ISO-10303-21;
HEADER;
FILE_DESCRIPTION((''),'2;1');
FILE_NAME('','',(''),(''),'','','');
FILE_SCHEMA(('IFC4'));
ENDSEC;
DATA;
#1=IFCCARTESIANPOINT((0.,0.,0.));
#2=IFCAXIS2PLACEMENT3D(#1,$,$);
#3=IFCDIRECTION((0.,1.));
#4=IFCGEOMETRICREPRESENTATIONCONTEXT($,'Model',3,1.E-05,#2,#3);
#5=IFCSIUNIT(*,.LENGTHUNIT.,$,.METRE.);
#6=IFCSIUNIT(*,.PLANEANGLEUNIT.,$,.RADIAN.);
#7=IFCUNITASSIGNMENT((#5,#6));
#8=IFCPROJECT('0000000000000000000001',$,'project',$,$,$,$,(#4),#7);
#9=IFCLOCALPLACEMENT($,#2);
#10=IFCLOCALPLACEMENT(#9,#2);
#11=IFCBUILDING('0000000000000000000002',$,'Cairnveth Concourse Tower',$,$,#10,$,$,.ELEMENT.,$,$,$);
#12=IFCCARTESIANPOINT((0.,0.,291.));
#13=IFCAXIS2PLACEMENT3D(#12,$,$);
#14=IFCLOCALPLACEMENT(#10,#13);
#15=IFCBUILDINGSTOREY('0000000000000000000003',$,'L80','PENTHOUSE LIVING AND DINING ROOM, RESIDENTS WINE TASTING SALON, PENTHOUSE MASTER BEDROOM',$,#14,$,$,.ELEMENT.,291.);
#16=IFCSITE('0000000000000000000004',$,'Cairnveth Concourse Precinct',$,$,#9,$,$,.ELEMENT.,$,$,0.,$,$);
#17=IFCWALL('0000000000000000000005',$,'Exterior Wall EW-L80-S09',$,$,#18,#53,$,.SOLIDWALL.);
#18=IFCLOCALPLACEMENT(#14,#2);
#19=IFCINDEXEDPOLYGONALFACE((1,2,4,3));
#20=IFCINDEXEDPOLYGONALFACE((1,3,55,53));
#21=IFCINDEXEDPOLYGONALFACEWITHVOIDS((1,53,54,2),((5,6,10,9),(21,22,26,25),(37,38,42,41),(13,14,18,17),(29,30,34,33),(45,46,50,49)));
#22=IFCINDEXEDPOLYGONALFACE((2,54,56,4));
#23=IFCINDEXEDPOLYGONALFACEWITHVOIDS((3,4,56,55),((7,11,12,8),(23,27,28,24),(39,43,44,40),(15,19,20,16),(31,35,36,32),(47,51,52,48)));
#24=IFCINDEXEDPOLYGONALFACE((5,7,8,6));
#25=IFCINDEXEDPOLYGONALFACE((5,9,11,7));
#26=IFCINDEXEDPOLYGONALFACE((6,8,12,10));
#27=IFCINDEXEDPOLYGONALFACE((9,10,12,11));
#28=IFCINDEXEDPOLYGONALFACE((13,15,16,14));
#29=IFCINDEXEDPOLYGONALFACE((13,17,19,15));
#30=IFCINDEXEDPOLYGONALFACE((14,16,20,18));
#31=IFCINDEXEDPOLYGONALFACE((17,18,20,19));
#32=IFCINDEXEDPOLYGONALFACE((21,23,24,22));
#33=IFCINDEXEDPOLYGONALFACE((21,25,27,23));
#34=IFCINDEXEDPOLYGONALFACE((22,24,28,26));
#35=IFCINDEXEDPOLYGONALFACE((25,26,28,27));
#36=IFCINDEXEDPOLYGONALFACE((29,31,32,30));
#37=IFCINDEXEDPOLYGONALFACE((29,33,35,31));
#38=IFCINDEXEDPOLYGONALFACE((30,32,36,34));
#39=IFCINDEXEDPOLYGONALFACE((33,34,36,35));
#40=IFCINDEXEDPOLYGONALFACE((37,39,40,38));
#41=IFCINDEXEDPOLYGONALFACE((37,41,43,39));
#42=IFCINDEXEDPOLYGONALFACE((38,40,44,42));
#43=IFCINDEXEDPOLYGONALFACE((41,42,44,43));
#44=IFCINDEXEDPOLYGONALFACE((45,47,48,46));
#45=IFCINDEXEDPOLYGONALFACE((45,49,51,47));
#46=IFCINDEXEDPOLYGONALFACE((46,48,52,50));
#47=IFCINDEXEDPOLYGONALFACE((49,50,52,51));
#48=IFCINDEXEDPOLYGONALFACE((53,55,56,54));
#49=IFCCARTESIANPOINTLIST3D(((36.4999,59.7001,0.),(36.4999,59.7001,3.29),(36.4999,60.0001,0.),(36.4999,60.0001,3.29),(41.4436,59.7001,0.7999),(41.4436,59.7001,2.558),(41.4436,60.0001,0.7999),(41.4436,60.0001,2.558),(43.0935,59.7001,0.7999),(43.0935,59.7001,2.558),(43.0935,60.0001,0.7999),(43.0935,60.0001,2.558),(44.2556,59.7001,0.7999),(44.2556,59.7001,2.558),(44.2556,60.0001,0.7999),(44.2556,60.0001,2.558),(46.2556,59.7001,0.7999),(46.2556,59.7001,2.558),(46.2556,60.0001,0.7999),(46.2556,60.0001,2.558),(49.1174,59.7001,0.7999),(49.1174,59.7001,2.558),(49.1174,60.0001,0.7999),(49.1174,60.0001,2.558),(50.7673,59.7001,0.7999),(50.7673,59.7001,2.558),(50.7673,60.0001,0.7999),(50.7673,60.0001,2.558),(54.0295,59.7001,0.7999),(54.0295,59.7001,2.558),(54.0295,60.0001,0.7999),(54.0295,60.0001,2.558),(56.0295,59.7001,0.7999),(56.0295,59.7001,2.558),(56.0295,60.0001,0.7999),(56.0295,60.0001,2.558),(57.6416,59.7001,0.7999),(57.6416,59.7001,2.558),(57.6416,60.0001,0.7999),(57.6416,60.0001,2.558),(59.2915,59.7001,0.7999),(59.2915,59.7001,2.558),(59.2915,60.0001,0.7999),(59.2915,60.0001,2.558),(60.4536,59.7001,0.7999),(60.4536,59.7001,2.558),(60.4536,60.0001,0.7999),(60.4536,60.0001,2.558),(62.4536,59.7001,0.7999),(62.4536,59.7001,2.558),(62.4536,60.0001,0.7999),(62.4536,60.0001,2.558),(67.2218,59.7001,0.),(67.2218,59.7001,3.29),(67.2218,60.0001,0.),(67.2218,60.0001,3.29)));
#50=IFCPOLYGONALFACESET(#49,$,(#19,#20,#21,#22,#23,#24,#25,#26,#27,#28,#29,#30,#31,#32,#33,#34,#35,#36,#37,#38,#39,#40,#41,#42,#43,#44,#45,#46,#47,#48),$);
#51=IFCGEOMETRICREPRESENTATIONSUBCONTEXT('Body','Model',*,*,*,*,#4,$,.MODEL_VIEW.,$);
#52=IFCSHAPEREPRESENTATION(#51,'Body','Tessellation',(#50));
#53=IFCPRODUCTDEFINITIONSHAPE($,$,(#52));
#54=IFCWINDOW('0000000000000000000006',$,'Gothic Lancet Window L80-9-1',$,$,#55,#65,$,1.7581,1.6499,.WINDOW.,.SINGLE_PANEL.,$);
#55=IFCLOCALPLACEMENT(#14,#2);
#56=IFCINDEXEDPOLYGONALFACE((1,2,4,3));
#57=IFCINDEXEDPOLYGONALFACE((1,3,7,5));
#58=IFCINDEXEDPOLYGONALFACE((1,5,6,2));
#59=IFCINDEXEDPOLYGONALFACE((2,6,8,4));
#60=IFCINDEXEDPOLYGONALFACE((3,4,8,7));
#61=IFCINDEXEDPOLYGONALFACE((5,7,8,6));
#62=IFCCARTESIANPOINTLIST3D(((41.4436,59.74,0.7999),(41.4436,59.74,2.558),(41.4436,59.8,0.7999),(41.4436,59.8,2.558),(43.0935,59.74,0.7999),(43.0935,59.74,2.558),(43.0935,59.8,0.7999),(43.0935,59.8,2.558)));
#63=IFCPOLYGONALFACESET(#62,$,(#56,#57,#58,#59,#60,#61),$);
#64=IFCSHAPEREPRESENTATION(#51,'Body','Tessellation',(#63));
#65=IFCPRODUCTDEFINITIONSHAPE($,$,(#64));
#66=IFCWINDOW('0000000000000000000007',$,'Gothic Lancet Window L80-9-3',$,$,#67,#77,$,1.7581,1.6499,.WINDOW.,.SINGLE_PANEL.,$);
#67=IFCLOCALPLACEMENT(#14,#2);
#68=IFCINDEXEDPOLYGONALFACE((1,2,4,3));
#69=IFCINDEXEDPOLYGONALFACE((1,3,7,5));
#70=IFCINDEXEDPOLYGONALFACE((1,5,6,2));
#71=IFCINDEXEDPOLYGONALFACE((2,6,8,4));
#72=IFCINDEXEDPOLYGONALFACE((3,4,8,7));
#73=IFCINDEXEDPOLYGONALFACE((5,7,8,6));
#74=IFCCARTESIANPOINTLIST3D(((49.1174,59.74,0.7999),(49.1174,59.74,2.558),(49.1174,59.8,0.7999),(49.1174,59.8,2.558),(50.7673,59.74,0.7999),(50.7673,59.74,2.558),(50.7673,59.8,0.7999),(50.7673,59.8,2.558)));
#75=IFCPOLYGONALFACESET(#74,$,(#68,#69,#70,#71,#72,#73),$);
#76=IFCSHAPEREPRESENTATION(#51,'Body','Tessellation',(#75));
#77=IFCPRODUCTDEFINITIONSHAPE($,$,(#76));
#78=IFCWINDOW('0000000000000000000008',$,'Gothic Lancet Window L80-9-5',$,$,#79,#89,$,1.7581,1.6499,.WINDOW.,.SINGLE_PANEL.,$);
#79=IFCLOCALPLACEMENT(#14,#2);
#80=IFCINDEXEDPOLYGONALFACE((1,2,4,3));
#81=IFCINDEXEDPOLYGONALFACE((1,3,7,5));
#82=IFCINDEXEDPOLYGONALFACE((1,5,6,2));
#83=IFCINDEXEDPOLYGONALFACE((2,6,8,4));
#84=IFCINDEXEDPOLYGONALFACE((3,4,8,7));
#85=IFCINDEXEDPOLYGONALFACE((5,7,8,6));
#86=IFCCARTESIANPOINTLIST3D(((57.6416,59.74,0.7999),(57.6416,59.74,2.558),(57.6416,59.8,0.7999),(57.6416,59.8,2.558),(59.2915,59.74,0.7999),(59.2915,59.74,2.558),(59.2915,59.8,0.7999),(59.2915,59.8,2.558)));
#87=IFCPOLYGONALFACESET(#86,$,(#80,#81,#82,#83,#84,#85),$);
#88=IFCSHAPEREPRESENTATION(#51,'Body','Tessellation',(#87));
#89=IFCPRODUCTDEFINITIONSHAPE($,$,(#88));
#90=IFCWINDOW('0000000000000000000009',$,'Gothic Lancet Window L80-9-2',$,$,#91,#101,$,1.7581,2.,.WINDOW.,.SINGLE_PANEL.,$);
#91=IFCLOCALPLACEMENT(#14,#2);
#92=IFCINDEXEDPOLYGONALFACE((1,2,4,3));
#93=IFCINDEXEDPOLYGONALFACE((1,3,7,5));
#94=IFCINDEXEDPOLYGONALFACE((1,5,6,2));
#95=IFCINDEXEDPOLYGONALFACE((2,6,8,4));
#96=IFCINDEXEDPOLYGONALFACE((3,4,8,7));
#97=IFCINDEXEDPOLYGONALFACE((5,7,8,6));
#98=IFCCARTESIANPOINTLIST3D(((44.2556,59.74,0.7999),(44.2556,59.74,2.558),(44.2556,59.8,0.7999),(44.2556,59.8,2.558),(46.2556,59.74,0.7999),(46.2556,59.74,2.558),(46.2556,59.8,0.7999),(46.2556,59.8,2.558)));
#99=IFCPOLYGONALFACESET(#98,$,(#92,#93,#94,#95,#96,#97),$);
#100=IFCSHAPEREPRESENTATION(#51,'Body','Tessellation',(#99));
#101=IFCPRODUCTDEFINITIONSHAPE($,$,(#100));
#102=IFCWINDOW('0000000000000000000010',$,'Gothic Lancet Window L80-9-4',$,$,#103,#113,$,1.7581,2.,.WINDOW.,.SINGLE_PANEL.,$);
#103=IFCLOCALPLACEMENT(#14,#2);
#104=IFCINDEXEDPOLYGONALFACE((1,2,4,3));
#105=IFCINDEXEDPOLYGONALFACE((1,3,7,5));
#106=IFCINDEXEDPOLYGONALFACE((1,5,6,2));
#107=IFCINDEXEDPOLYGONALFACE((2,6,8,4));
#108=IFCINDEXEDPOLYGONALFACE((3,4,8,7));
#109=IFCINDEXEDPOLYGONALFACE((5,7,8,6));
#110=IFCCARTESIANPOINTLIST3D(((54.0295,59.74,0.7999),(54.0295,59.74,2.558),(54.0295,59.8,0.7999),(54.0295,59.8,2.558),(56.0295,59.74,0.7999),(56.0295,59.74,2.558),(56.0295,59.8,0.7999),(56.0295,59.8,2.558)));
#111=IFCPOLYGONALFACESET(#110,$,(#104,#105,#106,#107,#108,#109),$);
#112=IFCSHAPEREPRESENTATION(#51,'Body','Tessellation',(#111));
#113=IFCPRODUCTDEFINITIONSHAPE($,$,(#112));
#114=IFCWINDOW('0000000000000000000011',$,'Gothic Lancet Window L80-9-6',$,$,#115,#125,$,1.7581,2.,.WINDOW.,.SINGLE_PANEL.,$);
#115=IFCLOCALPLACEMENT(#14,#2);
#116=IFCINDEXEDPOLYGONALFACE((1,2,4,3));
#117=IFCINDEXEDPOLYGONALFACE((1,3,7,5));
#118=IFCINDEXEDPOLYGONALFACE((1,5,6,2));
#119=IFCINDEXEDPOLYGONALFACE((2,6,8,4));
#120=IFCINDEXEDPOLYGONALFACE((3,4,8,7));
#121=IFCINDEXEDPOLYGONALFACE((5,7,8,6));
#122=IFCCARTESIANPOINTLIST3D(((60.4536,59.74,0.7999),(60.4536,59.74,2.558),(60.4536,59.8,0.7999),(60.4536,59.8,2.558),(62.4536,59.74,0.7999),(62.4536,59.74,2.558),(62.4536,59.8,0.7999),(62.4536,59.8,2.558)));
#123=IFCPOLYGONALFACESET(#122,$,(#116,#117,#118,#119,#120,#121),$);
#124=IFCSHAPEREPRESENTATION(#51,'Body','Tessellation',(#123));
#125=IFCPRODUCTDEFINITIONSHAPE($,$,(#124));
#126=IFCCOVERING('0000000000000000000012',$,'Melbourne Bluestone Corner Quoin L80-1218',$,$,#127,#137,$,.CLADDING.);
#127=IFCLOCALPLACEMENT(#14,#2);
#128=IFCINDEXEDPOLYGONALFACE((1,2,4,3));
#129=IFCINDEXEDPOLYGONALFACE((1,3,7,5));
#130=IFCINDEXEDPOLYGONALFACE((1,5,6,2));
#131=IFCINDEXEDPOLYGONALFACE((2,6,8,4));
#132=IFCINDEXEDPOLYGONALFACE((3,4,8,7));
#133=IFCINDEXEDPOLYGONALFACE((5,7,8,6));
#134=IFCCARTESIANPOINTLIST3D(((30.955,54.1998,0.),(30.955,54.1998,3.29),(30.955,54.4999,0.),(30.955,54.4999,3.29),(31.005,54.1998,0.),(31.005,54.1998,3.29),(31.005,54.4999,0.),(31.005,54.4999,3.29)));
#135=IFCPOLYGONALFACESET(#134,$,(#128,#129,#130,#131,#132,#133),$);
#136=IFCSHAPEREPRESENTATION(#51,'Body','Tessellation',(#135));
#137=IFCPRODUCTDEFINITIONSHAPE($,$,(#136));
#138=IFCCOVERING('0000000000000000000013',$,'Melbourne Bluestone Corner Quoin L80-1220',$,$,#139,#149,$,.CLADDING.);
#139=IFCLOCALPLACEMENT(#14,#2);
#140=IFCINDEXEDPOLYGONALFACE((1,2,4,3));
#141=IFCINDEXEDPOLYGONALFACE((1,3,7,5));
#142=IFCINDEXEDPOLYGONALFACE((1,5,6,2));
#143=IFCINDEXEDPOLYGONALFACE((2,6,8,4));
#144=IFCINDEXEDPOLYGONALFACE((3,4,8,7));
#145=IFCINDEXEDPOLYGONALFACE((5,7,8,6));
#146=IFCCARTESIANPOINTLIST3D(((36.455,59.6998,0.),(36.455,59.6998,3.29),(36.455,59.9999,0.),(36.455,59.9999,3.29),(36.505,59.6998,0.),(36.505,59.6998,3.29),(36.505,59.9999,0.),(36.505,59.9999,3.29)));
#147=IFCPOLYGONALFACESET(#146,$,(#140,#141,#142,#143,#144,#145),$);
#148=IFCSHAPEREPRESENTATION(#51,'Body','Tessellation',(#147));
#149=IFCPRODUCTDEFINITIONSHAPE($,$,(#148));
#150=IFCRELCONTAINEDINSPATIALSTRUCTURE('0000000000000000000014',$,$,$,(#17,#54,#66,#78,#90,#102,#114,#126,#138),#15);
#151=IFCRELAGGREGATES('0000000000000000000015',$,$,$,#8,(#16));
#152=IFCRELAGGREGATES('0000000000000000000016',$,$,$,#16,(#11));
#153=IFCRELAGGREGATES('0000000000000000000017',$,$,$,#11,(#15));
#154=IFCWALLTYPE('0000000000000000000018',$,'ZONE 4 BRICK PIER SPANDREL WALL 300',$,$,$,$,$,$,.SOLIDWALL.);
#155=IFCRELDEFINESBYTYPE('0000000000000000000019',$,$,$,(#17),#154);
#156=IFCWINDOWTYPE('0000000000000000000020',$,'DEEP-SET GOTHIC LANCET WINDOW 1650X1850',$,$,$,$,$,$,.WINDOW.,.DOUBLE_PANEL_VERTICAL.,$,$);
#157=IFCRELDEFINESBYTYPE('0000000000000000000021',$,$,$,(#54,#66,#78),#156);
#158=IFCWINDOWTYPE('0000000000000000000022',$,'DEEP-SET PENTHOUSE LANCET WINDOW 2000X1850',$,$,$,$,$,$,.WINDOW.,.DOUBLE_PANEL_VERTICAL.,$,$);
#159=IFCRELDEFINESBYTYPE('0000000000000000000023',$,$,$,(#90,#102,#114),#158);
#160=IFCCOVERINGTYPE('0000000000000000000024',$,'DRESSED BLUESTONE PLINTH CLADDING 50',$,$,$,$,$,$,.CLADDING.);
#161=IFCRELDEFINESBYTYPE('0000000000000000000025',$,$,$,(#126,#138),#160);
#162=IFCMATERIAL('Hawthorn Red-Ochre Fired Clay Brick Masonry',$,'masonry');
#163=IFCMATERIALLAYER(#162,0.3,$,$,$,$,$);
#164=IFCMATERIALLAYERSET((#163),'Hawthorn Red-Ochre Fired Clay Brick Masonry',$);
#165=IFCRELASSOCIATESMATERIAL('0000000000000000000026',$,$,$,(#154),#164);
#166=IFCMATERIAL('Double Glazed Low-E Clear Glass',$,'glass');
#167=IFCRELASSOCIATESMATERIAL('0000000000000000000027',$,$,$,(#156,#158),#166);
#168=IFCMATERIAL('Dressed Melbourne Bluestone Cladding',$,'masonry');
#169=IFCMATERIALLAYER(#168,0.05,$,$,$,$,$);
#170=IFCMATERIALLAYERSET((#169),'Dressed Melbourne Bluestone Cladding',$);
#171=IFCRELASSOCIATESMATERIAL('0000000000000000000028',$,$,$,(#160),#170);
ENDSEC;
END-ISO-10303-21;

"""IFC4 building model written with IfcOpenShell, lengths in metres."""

from ifc_helpers import new_model, si_unit, direction, frame, frame_2d, origin, place, context, subcontext, project, spatial, rectangle, extrude, material, layer, layer_set, type_object, element, fill, save


model = new_model("IFC4")

# Units and contexts
model_context = context("Model", 3, precision=1e-05, world=origin(), true_north=direction((0.0, 1.0)))
body_context = subcontext(model_context, "Body", "Model", "MODEL_VIEW")
ifc_project = project(units=[si_unit("LENGTHUNIT", "METRE"), si_unit("PLANEANGLEUNIT", "RADIAN")], contexts=[model_context])

# Site, building, storey
site_placement = place(None, origin())
site = spatial("IfcSite", under=ifc_project, at=site_placement, Name="Cairnveth Concourse Precinct", CompositionType="ELEMENT", RefElevation=0.0)
building_placement = place(site_placement, origin())
building = spatial("IfcBuilding", under=site, at=building_placement, Name="Cairnveth Concourse Tower", CompositionType="ELEMENT")
storey_placement = place(building_placement, frame((0.0, 0.0, 291.0)))
storey = spatial("IfcBuildingStorey", under=building, at=storey_placement, Name="L80", Description="PENTHOUSE LIVING AND DINING ROOM, RESIDENTS WINE TASTING SALON, PENTHOUSE MASTER BEDROOM", CompositionType="ELEMENT", Elevation=291.0)

# Shared definitions
ifc_material_1 = material(Name="Hawthorn Red-Ochre Fired Clay Brick Masonry", Category="masonry")
ifc_layer_1 = layer(ifc_material_1, 0.3)
ifc_layer_set_1 = layer_set([ifc_layer_1], Name="Hawthorn Red-Ochre Fired Clay Brick Masonry")
wall_type_1 = type_object("IfcWallType", Name="ZONE 4 BRICK PIER SPANDREL WALL 300", PredefinedType="SOLIDWALL", material=ifc_layer_set_1)

# Wall, openings, windows
wall_1_placement = place(storey_placement, frame((36.5, 59.8501, 0.0), z_axis=(0.0, 0.0, 1.0), x_axis=(1.0, 0.0, 0.0)))
wall_1 = element("IfcWall", 1, at=wall_1_placement, inside=storey, type_object=wall_type_1, Name="Exterior Wall EW-L80-S09", PredefinedType="SOLIDWALL", context=body_context, shape_type="SweptSolid", body=[
    extrude(rectangle(XDim=30.7219, YDim=0.3, at=frame_2d((15.3608, 0.0))), origin(), (0.0, 0.0, 1.0), 3.29),
])
opening_1_placement = place(wall_1_placement, frame((4.9436, 0.0, 0.8)))
opening_1 = element("IfcOpeningElement", 2, at=opening_1_placement, cuts=wall_1, PredefinedType="OPENING", context=body_context, shape_type="SweptSolid", body=[
    extrude(rectangle(XDim=1.6499, YDim=1.7581, at=frame_2d((0.825, 0.8789))), frame((0.0, 0.1599, 0.0), z_axis=(0.0, -1.0, 0.0), x_axis=(1.0, 0.0, 0.0)), (0.0, 0.0, 1.0), 0.3201),
])
opening_2_placement = place(wall_1_placement, frame((7.7556, 0.0, 0.8)))
opening_2 = element("IfcOpeningElement", 3, at=opening_2_placement, cuts=wall_1, PredefinedType="OPENING", context=body_context, shape_type="SweptSolid", body=[
    extrude(rectangle(XDim=2.0, YDim=1.7581, at=frame_2d((1.0, 0.8789))), frame((0.0, 0.1599, 0.0), z_axis=(0.0, -1.0, 0.0), x_axis=(1.0, 0.0, 0.0)), (0.0, 0.0, 1.0), 0.3201),
])
opening_3_placement = place(wall_1_placement, frame((12.6174, 0.0, 0.8)))
opening_3 = element("IfcOpeningElement", 4, at=opening_3_placement, cuts=wall_1, PredefinedType="OPENING", context=body_context, shape_type="SweptSolid", body=[
    extrude(rectangle(XDim=1.6499, YDim=1.7581, at=frame_2d((0.825, 0.8789))), frame((0.0, 0.1599, 0.0), z_axis=(0.0, -1.0, 0.0), x_axis=(1.0, 0.0, 0.0)), (0.0, 0.0, 1.0), 0.3201),
])
opening_4_placement = place(wall_1_placement, frame((17.5295, 0.0, 0.8)))
opening_4 = element("IfcOpeningElement", 5, at=opening_4_placement, cuts=wall_1, PredefinedType="OPENING", context=body_context, shape_type="SweptSolid", body=[
    extrude(rectangle(XDim=2.0, YDim=1.7581, at=frame_2d((1.0, 0.8789))), frame((0.0, 0.1599, 0.0), z_axis=(0.0, -1.0, 0.0), x_axis=(1.0, 0.0, 0.0)), (0.0, 0.0, 1.0), 0.3201),
])
opening_5_placement = place(wall_1_placement, frame((21.1416, 0.0, 0.8)))
opening_5 = element("IfcOpeningElement", 6, at=opening_5_placement, cuts=wall_1, PredefinedType="OPENING", context=body_context, shape_type="SweptSolid", body=[
    extrude(rectangle(XDim=1.6499, YDim=1.7581, at=frame_2d((0.825, 0.8789))), frame((0.0, 0.1599, 0.0), z_axis=(0.0, -1.0, 0.0), x_axis=(1.0, 0.0, 0.0)), (0.0, 0.0, 1.0), 0.3201),
])
opening_6_placement = place(wall_1_placement, frame((23.9536, 0.0, 0.8)))
opening_6 = element("IfcOpeningElement", 7, at=opening_6_placement, cuts=wall_1, PredefinedType="OPENING", context=body_context, shape_type="SweptSolid", body=[
    extrude(rectangle(XDim=2.0, YDim=1.7581, at=frame_2d((1.0, 0.8789))), frame((0.0, 0.1599, 0.0), z_axis=(0.0, -1.0, 0.0), x_axis=(1.0, 0.0, 0.0)), (0.0, 0.0, 1.0), 0.3201),
])
ifc_material_2 = material(Name="Double Glazed Low-E Clear Glass", Category="glass")
window_type_1 = type_object("IfcWindowType", Name="DEEP-SET GOTHIC LANCET WINDOW 1650X1850", PartitioningType="DOUBLE_PANEL_VERTICAL", PredefinedType="WINDOW", material=ifc_material_2)
window_1_placement = place(opening_1_placement, origin())
window_1 = element("IfcWindow", 8, at=window_1_placement, inside=storey, type_object=window_type_1, Name="Gothic Lancet Window L80-9-1", OverallHeight=1.7581, OverallWidth=1.6499, PartitioningType="SINGLE_PANEL", PredefinedType="WINDOW", context=body_context, shape_type="SweptSolid", body=[
    extrude(rectangle(XDim=1.6499, YDim=1.7581, at=frame_2d((0.825, 0.8789))), frame((0.0, -0.05, 0.0), z_axis=(0.0, -1.0, 0.0), x_axis=(1.0, 0.0, 0.0)), (0.0, 0.0, 1.0), 0.0601),
])
fill(opening_1, window_1)
window_2_placement = place(opening_3_placement, origin())
window_2 = element("IfcWindow", 9, at=window_2_placement, inside=storey, type_object=window_type_1, Name="Gothic Lancet Window L80-9-3", OverallHeight=1.7581, OverallWidth=1.6499, PartitioningType="SINGLE_PANEL", PredefinedType="WINDOW", context=body_context, shape_type="SweptSolid", body=[
    extrude(rectangle(XDim=1.6499, YDim=1.7581, at=frame_2d((0.825, 0.8789))), frame((0.0, -0.05, 0.0), z_axis=(0.0, -1.0, 0.0), x_axis=(1.0, 0.0, 0.0)), (0.0, 0.0, 1.0), 0.0601),
])
fill(opening_3, window_2)
window_3_placement = place(opening_5_placement, origin())
window_3 = element("IfcWindow", 10, at=window_3_placement, inside=storey, type_object=window_type_1, Name="Gothic Lancet Window L80-9-5", OverallHeight=1.7581, OverallWidth=1.6499, PartitioningType="SINGLE_PANEL", PredefinedType="WINDOW", context=body_context, shape_type="SweptSolid", body=[
    extrude(rectangle(XDim=1.6499, YDim=1.7581, at=frame_2d((0.825, 0.8789))), frame((0.0, -0.05, 0.0), z_axis=(0.0, -1.0, 0.0), x_axis=(1.0, 0.0, 0.0)), (0.0, 0.0, 1.0), 0.0601),
])
fill(opening_5, window_3)
window_type_2 = type_object("IfcWindowType", Name="DEEP-SET PENTHOUSE LANCET WINDOW 2000X1850", PartitioningType="DOUBLE_PANEL_VERTICAL", PredefinedType="WINDOW", material=ifc_material_2)
window_4_placement = place(opening_2_placement, origin())
window_4 = element("IfcWindow", 11, at=window_4_placement, inside=storey, type_object=window_type_2, Name="Gothic Lancet Window L80-9-2", OverallHeight=1.7581, OverallWidth=2.0, PartitioningType="SINGLE_PANEL", PredefinedType="WINDOW", context=body_context, shape_type="SweptSolid", body=[
    extrude(rectangle(XDim=2.0, YDim=1.7581, at=frame_2d((1.0, 0.8789))), frame((0.0, -0.05, 0.0), z_axis=(0.0, -1.0, 0.0), x_axis=(1.0, 0.0, 0.0)), (0.0, 0.0, 1.0), 0.0601),
])
fill(opening_2, window_4)
window_5_placement = place(opening_4_placement, origin())
window_5 = element("IfcWindow", 12, at=window_5_placement, inside=storey, type_object=window_type_2, Name="Gothic Lancet Window L80-9-4", OverallHeight=1.7581, OverallWidth=2.0, PartitioningType="SINGLE_PANEL", PredefinedType="WINDOW", context=body_context, shape_type="SweptSolid", body=[
    extrude(rectangle(XDim=2.0, YDim=1.7581, at=frame_2d((1.0, 0.8789))), frame((0.0, -0.05, 0.0), z_axis=(0.0, -1.0, 0.0), x_axis=(1.0, 0.0, 0.0)), (0.0, 0.0, 1.0), 0.0601),
])
fill(opening_4, window_5)
window_6_placement = place(opening_6_placement, origin())
window_6 = element("IfcWindow", 13, at=window_6_placement, inside=storey, type_object=window_type_2, Name="Gothic Lancet Window L80-9-6", OverallHeight=1.7581, OverallWidth=2.0, PartitioningType="SINGLE_PANEL", PredefinedType="WINDOW", context=body_context, shape_type="SweptSolid", body=[
    extrude(rectangle(XDim=2.0, YDim=1.7581, at=frame_2d((1.0, 0.8789))), frame((0.0, -0.05, 0.0), z_axis=(0.0, -1.0, 0.0), x_axis=(1.0, 0.0, 0.0)), (0.0, 0.0, 1.0), 0.0601),
])
fill(opening_6, window_6)

# Coverings
ifc_material_3 = material(Name="Dressed Melbourne Bluestone Cladding", Category="masonry")
ifc_layer_2 = layer(ifc_material_3, 0.05)
ifc_layer_set_2 = layer_set([ifc_layer_2], Name="Dressed Melbourne Bluestone Cladding")
covering_type = type_object("IfcCoveringType", Name="DRESSED BLUESTONE PLINTH CLADDING 50", PredefinedType="CLADDING", material=ifc_layer_set_2)
for number, where, z_axis, x_axis, name in (
    (14, (30.98, 54.2, 0.0), (0.0, 0.0, 1.0), (0.0, 1.0, 0.0), "Melbourne Bluestone Corner Quoin L80-1218"),
    (15, (36.48, 59.7, 0.0), (0.0, 0.0, 1.0), (0.0, 1.0, 0.0), "Melbourne Bluestone Corner Quoin L80-1220"),
):
    element("IfcCovering", number, at=place(storey_placement, frame(where, z_axis=z_axis, x_axis=x_axis)), inside=storey, type_object=covering_type, Name=name, PredefinedType="CLADDING", context=body_context, shape_type="SweptSolid", body=[
        extrude(rectangle(XDim=0.3, YDim=0.05, at=frame_2d((0.1499, 0.0))), origin(), (0.0, 0.0, 1.0), 3.29),
    ])

save(model, "model.ifc")
